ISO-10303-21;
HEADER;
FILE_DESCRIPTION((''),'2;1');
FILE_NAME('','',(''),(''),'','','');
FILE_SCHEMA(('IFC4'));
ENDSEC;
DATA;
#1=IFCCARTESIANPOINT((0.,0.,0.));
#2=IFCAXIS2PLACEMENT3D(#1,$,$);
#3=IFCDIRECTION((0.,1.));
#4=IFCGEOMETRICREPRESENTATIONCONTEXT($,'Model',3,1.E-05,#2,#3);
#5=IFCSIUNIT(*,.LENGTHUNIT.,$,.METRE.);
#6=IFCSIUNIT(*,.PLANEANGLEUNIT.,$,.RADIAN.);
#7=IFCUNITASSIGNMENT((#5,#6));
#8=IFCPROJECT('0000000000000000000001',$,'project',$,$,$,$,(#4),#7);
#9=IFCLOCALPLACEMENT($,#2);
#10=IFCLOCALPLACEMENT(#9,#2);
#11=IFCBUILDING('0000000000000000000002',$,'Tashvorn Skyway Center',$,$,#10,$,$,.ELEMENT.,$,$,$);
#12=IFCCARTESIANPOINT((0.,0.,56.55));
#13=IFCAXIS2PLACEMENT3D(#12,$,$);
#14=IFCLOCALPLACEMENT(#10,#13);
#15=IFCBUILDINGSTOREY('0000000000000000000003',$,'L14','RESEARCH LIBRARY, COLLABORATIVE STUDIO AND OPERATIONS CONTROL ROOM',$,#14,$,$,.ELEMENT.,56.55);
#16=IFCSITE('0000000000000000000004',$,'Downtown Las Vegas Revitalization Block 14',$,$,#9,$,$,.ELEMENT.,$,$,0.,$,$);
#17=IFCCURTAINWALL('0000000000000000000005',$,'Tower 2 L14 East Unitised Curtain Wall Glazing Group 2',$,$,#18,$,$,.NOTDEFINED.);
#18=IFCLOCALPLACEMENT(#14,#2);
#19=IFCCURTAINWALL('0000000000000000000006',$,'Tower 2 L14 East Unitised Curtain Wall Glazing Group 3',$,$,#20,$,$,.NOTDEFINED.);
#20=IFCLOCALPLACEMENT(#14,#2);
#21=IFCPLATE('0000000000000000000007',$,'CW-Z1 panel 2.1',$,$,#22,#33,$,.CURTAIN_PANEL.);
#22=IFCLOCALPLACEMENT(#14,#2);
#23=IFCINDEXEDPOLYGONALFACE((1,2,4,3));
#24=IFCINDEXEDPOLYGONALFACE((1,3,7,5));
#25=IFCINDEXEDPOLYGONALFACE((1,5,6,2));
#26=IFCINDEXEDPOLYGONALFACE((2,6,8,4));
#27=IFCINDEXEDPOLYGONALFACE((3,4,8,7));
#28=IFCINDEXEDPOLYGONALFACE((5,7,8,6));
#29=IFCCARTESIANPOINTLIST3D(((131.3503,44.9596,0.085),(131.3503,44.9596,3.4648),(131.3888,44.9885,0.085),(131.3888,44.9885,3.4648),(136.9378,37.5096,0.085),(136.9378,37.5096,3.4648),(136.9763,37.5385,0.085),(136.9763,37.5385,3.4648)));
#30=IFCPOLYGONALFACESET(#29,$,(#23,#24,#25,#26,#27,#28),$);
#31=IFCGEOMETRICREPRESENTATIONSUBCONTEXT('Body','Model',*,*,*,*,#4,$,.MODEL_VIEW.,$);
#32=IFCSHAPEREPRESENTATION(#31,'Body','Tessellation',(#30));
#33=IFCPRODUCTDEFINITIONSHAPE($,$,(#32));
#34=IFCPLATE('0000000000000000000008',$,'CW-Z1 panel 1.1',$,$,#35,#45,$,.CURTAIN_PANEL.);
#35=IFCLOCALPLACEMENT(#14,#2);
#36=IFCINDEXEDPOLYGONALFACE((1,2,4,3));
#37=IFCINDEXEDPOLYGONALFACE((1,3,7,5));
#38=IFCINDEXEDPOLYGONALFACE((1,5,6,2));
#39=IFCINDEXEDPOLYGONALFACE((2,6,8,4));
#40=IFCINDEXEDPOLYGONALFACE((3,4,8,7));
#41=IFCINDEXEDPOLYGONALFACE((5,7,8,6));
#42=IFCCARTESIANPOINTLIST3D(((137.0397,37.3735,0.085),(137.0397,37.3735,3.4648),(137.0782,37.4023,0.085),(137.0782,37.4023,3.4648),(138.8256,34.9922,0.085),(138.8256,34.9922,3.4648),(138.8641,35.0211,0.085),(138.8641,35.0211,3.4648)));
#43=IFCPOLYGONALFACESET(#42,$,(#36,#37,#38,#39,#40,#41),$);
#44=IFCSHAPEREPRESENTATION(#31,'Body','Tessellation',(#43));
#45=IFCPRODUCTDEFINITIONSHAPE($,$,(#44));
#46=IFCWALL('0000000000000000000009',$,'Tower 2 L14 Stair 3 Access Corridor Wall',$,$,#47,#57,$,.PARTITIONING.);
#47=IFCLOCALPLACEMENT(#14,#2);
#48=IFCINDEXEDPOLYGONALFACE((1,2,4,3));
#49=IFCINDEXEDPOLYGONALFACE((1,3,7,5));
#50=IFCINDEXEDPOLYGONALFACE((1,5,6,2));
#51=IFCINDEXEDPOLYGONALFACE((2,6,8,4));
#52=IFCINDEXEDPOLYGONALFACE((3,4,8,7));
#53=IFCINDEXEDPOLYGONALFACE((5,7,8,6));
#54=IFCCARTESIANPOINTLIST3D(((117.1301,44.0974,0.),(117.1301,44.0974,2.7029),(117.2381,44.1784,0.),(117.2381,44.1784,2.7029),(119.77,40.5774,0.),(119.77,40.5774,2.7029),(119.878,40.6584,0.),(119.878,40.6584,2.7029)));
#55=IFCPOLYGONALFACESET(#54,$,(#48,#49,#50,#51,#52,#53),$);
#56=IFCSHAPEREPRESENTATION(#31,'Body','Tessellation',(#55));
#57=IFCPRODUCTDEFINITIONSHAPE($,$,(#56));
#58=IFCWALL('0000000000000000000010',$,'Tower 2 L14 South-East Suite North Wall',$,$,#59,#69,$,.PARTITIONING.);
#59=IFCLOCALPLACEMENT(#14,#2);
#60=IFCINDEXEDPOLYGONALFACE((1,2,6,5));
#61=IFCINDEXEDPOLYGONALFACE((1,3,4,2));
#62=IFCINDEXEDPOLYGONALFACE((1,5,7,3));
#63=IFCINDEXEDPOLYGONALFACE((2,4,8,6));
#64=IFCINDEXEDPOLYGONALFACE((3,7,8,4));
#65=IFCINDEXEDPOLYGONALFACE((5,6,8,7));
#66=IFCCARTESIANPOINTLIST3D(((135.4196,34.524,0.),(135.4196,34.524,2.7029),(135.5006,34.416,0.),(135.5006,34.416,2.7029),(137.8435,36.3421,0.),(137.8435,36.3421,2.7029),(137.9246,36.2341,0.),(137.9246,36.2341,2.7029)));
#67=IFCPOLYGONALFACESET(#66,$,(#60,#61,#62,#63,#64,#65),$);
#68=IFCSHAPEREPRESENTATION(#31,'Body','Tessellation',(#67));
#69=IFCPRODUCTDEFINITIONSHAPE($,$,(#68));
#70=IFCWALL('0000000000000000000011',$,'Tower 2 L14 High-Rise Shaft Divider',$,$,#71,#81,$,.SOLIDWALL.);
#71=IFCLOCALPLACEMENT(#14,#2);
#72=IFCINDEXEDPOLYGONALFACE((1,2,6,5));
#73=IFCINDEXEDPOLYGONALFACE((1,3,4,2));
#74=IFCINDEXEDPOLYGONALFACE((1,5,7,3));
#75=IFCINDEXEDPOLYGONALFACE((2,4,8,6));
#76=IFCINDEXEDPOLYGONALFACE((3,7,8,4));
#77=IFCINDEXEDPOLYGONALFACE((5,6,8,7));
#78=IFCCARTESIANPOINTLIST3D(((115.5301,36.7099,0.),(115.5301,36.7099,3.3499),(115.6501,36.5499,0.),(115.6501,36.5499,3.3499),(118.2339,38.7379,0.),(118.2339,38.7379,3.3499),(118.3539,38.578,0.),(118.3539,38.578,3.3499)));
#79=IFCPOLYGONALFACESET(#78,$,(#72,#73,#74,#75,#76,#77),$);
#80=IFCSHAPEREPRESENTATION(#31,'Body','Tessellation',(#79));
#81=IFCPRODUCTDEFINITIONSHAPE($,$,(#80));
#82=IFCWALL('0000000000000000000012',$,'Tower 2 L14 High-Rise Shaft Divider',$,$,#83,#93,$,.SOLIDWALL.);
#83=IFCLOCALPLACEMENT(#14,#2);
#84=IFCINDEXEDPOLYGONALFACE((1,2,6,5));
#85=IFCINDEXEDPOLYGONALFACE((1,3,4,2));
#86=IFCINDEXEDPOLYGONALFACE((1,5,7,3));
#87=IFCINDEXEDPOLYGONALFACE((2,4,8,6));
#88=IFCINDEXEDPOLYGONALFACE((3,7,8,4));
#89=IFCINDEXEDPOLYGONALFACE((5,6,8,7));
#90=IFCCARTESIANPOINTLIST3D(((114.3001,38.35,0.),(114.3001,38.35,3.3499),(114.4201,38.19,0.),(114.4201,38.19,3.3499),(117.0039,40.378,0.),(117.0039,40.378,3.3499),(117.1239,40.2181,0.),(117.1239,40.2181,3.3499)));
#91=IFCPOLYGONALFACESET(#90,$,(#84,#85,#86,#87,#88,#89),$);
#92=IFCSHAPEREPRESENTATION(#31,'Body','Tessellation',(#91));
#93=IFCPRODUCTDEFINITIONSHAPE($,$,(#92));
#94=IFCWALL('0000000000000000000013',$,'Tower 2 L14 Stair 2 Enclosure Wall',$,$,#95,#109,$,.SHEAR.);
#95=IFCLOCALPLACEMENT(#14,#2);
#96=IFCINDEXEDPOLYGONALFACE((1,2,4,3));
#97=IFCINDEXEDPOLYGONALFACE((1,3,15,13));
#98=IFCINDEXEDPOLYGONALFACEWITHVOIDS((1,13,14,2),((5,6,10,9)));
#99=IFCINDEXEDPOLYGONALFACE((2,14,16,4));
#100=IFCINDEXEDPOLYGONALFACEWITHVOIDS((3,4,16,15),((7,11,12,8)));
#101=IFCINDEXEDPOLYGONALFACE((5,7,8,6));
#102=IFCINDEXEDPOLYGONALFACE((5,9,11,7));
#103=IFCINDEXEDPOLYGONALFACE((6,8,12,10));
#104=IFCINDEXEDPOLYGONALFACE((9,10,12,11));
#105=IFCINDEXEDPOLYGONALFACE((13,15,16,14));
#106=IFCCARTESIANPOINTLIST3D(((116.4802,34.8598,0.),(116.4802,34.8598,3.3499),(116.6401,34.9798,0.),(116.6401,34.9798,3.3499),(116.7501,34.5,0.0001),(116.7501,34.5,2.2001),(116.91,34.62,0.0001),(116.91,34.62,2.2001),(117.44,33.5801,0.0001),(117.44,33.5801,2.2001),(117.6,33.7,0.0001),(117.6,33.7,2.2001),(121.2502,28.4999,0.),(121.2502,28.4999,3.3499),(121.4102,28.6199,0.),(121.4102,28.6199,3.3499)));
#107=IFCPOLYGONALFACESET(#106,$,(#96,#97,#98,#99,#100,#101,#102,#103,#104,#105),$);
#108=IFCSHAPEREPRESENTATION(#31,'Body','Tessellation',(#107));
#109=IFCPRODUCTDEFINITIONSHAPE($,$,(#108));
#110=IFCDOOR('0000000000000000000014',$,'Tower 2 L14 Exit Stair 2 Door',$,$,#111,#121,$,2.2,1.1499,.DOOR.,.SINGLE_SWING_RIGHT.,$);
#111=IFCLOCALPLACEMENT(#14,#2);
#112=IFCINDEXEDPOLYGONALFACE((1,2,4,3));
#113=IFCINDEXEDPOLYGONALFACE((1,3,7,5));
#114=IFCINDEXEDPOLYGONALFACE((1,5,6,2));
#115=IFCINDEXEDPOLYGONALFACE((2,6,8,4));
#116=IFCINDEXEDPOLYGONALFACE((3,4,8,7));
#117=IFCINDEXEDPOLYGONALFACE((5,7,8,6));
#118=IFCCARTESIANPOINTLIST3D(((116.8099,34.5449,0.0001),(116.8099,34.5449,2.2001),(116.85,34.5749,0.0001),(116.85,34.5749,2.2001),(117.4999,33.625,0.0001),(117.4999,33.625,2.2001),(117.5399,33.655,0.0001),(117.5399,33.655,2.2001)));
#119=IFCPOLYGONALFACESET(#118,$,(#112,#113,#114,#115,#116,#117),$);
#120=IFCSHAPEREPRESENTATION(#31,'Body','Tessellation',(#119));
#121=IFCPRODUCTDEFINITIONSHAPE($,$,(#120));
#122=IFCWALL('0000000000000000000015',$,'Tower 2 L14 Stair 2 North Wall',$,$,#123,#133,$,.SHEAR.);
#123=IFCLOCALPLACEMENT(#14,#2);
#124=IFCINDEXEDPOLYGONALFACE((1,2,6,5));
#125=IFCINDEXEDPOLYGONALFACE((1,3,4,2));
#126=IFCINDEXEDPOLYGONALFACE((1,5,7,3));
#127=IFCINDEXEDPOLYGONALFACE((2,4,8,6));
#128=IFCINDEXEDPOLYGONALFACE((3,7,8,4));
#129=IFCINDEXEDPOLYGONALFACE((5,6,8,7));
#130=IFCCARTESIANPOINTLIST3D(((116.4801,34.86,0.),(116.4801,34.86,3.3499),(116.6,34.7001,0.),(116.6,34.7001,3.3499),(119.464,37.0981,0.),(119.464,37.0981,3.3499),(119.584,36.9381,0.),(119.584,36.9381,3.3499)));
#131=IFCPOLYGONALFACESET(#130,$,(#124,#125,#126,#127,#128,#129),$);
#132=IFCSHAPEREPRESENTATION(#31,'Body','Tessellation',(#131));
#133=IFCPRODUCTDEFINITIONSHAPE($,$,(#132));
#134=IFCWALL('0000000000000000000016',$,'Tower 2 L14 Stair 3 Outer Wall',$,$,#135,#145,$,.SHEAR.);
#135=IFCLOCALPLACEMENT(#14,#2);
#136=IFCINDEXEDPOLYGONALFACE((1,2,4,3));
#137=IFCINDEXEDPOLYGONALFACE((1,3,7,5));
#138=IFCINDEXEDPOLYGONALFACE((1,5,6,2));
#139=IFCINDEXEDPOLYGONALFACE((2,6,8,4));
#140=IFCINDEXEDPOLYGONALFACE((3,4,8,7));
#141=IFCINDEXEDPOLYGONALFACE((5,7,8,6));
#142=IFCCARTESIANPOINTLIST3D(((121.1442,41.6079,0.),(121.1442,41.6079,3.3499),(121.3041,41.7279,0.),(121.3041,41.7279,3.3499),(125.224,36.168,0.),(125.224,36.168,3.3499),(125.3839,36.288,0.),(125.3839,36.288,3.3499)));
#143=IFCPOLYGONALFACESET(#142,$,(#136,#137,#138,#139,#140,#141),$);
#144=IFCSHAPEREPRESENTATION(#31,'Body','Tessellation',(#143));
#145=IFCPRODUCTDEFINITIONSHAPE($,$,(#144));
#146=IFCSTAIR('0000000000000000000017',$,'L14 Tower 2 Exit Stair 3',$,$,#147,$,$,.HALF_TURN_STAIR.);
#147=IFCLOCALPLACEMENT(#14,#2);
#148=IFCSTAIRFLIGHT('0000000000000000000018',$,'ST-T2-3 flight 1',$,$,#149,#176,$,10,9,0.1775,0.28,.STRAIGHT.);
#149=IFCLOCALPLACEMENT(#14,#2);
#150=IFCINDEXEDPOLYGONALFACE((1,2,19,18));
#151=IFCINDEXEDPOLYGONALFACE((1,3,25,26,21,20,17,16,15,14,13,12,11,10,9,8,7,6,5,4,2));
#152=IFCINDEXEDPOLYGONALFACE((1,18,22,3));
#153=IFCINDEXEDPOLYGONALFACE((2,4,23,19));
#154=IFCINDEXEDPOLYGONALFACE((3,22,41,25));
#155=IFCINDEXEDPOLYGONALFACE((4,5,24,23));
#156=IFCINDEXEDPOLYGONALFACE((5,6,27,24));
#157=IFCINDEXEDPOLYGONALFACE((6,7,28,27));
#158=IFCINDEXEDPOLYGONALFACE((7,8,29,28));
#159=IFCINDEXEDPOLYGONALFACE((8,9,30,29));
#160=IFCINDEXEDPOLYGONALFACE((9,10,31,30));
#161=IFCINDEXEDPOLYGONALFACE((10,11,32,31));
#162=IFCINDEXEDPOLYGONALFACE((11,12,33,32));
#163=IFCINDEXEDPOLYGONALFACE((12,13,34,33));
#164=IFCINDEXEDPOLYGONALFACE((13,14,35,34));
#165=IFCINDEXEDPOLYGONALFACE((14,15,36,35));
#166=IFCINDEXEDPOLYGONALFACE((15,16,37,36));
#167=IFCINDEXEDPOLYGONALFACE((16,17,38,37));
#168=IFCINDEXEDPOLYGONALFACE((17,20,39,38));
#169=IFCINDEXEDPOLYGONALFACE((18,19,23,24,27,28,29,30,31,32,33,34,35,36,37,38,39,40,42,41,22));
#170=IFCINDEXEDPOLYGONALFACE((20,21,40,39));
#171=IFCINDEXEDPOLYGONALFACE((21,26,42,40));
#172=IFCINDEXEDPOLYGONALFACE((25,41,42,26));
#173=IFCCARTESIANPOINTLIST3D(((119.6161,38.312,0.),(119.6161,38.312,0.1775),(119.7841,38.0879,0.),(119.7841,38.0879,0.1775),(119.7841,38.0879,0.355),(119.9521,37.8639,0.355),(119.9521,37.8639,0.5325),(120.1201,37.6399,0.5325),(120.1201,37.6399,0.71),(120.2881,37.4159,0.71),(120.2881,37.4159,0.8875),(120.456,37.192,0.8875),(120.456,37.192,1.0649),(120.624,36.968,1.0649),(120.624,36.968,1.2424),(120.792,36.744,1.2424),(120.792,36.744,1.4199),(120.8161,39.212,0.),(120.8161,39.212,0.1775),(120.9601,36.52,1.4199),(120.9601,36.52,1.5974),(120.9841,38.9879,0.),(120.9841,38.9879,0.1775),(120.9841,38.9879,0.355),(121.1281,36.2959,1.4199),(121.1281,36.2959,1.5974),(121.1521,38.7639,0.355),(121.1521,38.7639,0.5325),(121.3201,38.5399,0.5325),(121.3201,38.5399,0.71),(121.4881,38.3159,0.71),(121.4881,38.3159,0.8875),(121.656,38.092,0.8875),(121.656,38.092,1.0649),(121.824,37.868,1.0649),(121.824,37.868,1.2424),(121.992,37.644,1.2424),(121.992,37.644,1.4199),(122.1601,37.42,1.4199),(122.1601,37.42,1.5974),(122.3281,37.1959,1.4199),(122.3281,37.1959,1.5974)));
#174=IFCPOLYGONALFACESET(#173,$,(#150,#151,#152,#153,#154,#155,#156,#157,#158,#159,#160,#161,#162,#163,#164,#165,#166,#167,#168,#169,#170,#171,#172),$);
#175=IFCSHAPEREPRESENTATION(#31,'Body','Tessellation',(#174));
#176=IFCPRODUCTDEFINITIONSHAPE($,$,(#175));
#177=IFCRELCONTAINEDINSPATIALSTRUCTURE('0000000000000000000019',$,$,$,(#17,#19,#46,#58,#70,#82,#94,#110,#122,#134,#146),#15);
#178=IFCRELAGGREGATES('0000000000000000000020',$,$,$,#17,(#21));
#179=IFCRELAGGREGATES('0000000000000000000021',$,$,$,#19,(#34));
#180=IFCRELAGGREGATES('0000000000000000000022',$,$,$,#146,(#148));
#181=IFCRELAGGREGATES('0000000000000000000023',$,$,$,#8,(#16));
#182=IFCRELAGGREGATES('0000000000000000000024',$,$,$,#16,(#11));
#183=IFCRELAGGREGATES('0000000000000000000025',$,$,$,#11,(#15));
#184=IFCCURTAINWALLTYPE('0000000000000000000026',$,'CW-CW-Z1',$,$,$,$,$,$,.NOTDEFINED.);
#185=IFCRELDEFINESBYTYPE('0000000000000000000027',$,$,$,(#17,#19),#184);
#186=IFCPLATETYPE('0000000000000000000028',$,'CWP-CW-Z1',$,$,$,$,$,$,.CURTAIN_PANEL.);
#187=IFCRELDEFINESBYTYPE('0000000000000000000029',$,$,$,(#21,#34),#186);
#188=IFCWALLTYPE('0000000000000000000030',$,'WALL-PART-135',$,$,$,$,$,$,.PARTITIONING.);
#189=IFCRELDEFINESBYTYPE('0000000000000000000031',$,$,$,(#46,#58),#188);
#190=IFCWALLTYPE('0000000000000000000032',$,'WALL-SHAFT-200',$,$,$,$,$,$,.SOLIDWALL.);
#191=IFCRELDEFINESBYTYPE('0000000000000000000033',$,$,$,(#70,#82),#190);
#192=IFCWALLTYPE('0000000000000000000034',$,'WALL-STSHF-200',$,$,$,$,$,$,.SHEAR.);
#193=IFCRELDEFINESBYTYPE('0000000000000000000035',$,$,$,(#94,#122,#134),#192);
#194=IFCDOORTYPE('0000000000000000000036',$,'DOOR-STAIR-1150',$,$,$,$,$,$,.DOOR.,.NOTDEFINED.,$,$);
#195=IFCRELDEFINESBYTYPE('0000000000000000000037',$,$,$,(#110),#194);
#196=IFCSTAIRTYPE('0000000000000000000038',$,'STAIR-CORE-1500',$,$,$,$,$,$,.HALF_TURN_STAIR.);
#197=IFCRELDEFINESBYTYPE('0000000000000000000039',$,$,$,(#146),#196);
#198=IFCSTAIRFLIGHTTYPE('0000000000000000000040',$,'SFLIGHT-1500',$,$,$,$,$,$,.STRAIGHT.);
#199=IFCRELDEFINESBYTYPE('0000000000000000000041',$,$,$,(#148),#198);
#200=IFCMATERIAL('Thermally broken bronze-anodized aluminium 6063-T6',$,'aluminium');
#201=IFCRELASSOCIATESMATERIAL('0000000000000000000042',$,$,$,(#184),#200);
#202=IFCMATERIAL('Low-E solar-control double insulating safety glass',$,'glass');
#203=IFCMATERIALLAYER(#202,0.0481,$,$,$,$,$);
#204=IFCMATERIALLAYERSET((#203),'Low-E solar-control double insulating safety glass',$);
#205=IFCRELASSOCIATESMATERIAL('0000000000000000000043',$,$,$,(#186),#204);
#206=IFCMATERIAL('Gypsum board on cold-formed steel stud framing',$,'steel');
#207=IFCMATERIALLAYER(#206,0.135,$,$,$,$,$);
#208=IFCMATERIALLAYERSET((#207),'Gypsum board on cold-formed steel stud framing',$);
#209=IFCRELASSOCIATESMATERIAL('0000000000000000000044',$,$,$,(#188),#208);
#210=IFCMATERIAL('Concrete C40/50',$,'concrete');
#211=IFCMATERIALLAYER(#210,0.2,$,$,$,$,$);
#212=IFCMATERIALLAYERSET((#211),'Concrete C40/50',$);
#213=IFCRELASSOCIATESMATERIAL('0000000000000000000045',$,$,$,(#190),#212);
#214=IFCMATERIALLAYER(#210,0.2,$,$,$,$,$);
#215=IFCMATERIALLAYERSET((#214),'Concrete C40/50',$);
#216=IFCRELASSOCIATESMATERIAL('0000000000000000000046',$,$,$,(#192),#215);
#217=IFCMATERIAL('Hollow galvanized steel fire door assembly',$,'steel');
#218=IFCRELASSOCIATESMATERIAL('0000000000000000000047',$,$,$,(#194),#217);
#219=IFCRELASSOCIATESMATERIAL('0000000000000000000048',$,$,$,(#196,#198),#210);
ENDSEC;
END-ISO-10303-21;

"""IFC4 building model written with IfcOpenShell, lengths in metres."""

from ifc_helpers import new_model, si_unit, direction, frame, frame_2d, origin, origin_2d, place, context, subcontext, project, spatial, polyline, rectangle, outline, extrude, material, layer, layer_set, type_object, element, fill, aggregate, save


model = new_model("IFC4")

# Units and contexts
model_context = context("Model", 3, precision=1e-05, world=origin(), true_north=direction((0.0, 1.0)))
body_context = subcontext(model_context, "Body", "Model", "MODEL_VIEW")
ifc_project = project(units=[si_unit("LENGTHUNIT", "METRE"), si_unit("PLANEANGLEUNIT", "RADIAN")], contexts=[model_context])

# Site, building, storey
site_placement = place(None, origin())
site = spatial("IfcSite", under=ifc_project, at=site_placement, Name="Downtown Las Vegas Revitalization Block 14", CompositionType="ELEMENT", RefElevation=0.0)
building_placement = place(site_placement, origin())
building = spatial("IfcBuilding", under=site, at=building_placement, Name="Tashvorn Skyway Center", CompositionType="ELEMENT")
storey_placement = place(building_placement, frame((0.0, 0.0, 56.55)))
storey = spatial("IfcBuildingStorey", under=building, at=storey_placement, Name="L14", Description="RESEARCH LIBRARY, COLLABORATIVE STUDIO AND OPERATIONS CONTROL ROOM", CompositionType="ELEMENT", Elevation=56.55)

# Curtain wall
ifc_material_1 = material(Name="Thermally broken bronze-anodized aluminium 6063-T6", Category="aluminium")
curtain_wall_type = type_object("IfcCurtainWallType", Name="CW-CW-Z1", PredefinedType="NOTDEFINED", material=ifc_material_1)
curtain_wall_1_placement = place(storey_placement, origin())
curtain_wall_1 = element("IfcCurtainWall", 1, at=curtain_wall_1_placement, inside=storey, type_object=curtain_wall_type, Name="Tower 2 L14 East Unitised Curtain Wall Glazing Group 2", PredefinedType="NOTDEFINED")

# Curtain wall
curtain_wall_2_placement = place(storey_placement, origin())
curtain_wall_2 = element("IfcCurtainWall", 2, at=curtain_wall_2_placement, inside=storey, type_object=curtain_wall_type, Name="Tower 2 L14 East Unitised Curtain Wall Glazing Group 3", PredefinedType="NOTDEFINED")

# Plates
ifc_material_2 = material(Name="Low-E solar-control double insulating safety glass", Category="glass")
ifc_layer_1 = layer(ifc_material_2, 0.0481)
ifc_layer_set_1 = layer_set([ifc_layer_1], Name="Low-E solar-control double insulating safety glass")
plate_type = type_object("IfcPlateType", Name="CWP-CW-Z1", PredefinedType="CURTAIN_PANEL", material=ifc_layer_set_1)
plate_1_placement = place(storey_placement, frame((134.1633, 41.249, 0.085), z_axis=(0.0, 0.0, 1.0), x_axis=(0.6, -0.8, 0.0)))
plate_1 = element("IfcPlate", 3, at=plate_1_placement, type_object=plate_type, Name="CW-Z1 panel 2.1", PredefinedType="CURTAIN_PANEL", context=body_context, shape_type="SweptSolid", body=[
    extrude(rectangle(XDim=9.3125, YDim=0.0481, at=origin_2d()), origin(), (0.0, 0.0, 1.0), 3.3799),
])
aggregate(curtain_wall_1, [plate_1])
plate_2_placement = place(storey_placement, frame((137.9519, 36.1973, 0.085), z_axis=(0.0, 0.0, 1.0), x_axis=(0.600005, -0.799996, 0.0)))
plate_2 = element("IfcPlate", 4, at=plate_2_placement, type_object=plate_type, Name="CW-Z1 panel 1.1", PredefinedType="CURTAIN_PANEL", context=body_context, shape_type="SweptSolid", body=[
    extrude(rectangle(XDim=2.9766, YDim=0.0481, at=origin_2d()), origin(), (0.0, 0.0, 1.0), 3.3799),
])
aggregate(curtain_wall_2, [plate_2])

# Walls
ifc_material_3 = material(Name="Gypsum board on cold-formed steel stud framing", Category="steel")
ifc_layer_2 = layer(ifc_material_3, 0.135)
ifc_layer_set_2 = layer_set([ifc_layer_2], Name="Gypsum board on cold-formed steel stud framing")
wall_type_1 = type_object("IfcWallType", Name="WALL-PART-135", PredefinedType="PARTITIONING", material=ifc_layer_set_2)
wall_1_placement = place(storey_placement, frame((119.824, 40.6179, 0.0), z_axis=(0.0, 0.0, 1.0), x_axis=(-0.599982, 0.800013, 0.0)))
element("IfcWall", 5, at=wall_1_placement, inside=storey, type_object=wall_type_1, Name="Tower 2 L14 Stair 3 Access Corridor Wall", PredefinedType="PARTITIONING", context=body_context, shape_type="SweptSolid", body=[
    extrude(rectangle(XDim=4.3999, YDim=0.135, at=frame_2d((2.2, 0.0))), origin(), (0.0, 0.0, 1.0), 2.7029),
])
wall_2_placement = place(storey_placement, frame((135.46, 34.47, 0.0), z_axis=(0.0, 0.0, 1.0), x_axis=(0.79999, 0.600013, 0.0)))
element("IfcWall", 6, at=wall_2_placement, inside=storey, type_object=wall_type_1, Name="Tower 2 L14 South-East Suite North Wall", PredefinedType="PARTITIONING", context=body_context, shape_type="SweptSolid", body=[
    extrude(rectangle(XDim=3.03, YDim=0.135, at=frame_2d((1.5151, 0.0))), origin(), (0.0, 0.0, 1.0), 2.7029),
])
ifc_material_4 = material(Name="Concrete C40/50", Category="concrete")
ifc_layer_3 = layer(ifc_material_4, 0.2)
ifc_layer_set_3 = layer_set([ifc_layer_3], Name="Concrete C40/50")
wall_type_2 = type_object("IfcWallType", Name="WALL-SHAFT-200", PredefinedType="SOLIDWALL", material=ifc_layer_set_3)
for number, where, z_axis, x_axis, name in (
    (7, (115.5901, 36.6299, 0.0), (0.0, 0.0, 1.0), (0.799974, 0.600035, 0.0), "Tower 2 L14 High-Rise Shaft Divider"),
    (8, (114.3601, 38.27, 0.0), (0.0, 0.0, 1.0), (0.799974, 0.600035, 0.0), "Tower 2 L14 High-Rise Shaft Divider"),
):
    element("IfcWall", number, at=place(storey_placement, frame(where, z_axis=z_axis, x_axis=x_axis)), inside=storey, type_object=wall_type_2, Name=name, PredefinedType="SOLIDWALL", context=body_context, shape_type="SweptSolid", body=[
        extrude(rectangle(XDim=3.3799, YDim=0.2, at=frame_2d((1.6899, 0.0))), origin(), (0.0, 0.0, 1.0), 3.3499),
    ])

# Wall, opening, door
ifc_layer_4 = layer(ifc_material_4, 0.2)
ifc_layer_set_4 = layer_set([ifc_layer_4], Name="Concrete C40/50")
wall_type_3 = type_object("IfcWallType", Name="WALL-STSHF-200", PredefinedType="SHEAR", material=ifc_layer_set_4)
wall_3_placement = place(storey_placement, frame((116.5601, 34.9199, 0.0), z_axis=(0.0, 0.0, 1.0), x_axis=(0.60001, -0.799993, 0.0)))
wall_3 = element("IfcWall", 9, at=wall_3_placement, inside=storey, type_object=wall_type_3, Name="Tower 2 L14 Stair 2 Enclosure Wall", PredefinedType="SHEAR", context=body_context, shape_type="SweptSolid", body=[
    extrude(rectangle(XDim=7.95, YDim=0.2, at=frame_2d((3.9751, 0.0))), origin(), (0.0, 0.0, 1.0), 3.3499),
])
opening_placement = place(wall_3_placement, frame((0.45, 0.0, 0.0)))
opening = element("IfcOpeningElement", 10, at=opening_placement, cuts=wall_3, PredefinedType="OPENING", context=body_context, shape_type="SweptSolid", body=[
    extrude(rectangle(XDim=1.1499, YDim=2.2, at=frame_2d((0.575, 1.1001))), frame((0.0, 0.1099, 0.0), z_axis=(0.0, -1.0, 0.0), x_axis=(1.0, 0.0, 0.0)), (0.0, 0.0, 1.0), 0.22),
])
ifc_material_5 = material(Name="Hollow galvanized steel fire door assembly", Category="steel")
door_type = type_object("IfcDoorType", Name="DOOR-STAIR-1150", OperationType="NOTDEFINED", PredefinedType="DOOR", material=ifc_material_5)
door_placement = place(opening_placement, origin())
door = element("IfcDoor", 11, at=door_placement, inside=storey, type_object=door_type, Name="Tower 2 L14 Exit Stair 2 Door", OperationType="SINGLE_SWING_RIGHT", OverallHeight=2.2, OverallWidth=1.1499, PredefinedType="DOOR", context=body_context, shape_type="SweptSolid", body=[
    extrude(rectangle(XDim=1.1499, YDim=2.2, at=frame_2d((0.575, 1.1001))), frame((0.0, 0.0249, 0.0), z_axis=(0.0, -1.0, 0.0), x_axis=(1.0, 0.0, 0.0)), (0.0, 0.0, 1.0), 0.05),
])
fill(opening, door)

# Walls
wall_4_placement = place(storey_placement, frame((116.54, 34.78, 0.0), z_axis=(0.0, 0.0, 1.0), x_axis=(0.799984, 0.600021, 0.0)))
element("IfcWall", 12, at=wall_4_placement, inside=storey, type_object=wall_type_3, Name="Tower 2 L14 Stair 2 North Wall", PredefinedType="SHEAR", context=body_context, shape_type="SweptSolid", body=[
    extrude(rectangle(XDim=3.73, YDim=0.2, at=frame_2d((1.865, 0.0))), origin(), (0.0, 0.0, 1.0), 3.3499),
])
wall_5_placement = place(storey_placement, frame((125.304, 36.228, 0.0), z_axis=(0.0, 0.0, 1.0), x_axis=(-0.599989, 0.800009, 0.0)))
element("IfcWall", 13, at=wall_5_placement, inside=storey, type_object=wall_type_3, Name="Tower 2 L14 Stair 3 Outer Wall", PredefinedType="SHEAR", context=body_context, shape_type="SweptSolid", body=[
    extrude(rectangle(XDim=6.7998, YDim=0.2, at=frame_2d((3.3999, 0.0))), origin(), (0.0, 0.0, 1.0), 3.3499),
])

# Stair, stair flight
stair_type = type_object("IfcStairType", Name="STAIR-CORE-1500", PredefinedType="HALF_TURN_STAIR", material=ifc_material_4)
stair_placement = place(storey_placement, origin())
stair = element("IfcStair", 14, at=stair_placement, inside=storey, type_object=stair_type, Name="L14 Tower 2 Exit Stair 3", PredefinedType="HALF_TURN_STAIR")
stair_flight_type = type_object("IfcStairFlightType", Name="SFLIGHT-1500", PredefinedType="STRAIGHT", material=ifc_material_4)
stair_flight_1_placement = place(storey_placement, frame((120.2161, 38.762, 0.0), z_axis=(0.0, 0.0, 1.0), x_axis=(0.6, -0.8, 0.0)))
stair_flight_1 = element("IfcStairFlight", 15, at=stair_flight_1_placement, type_object=stair_flight_type, Name="ST-T2-3 flight 1", NumberOfRisers=10, NumberOfTreads=9, PredefinedType="STRAIGHT", RiserHeight=0.1775, TreadLength=0.28, context=body_context, shape_type="SweptSolid", body=[
    extrude(outline(polyline([(0.0, 0.0), (0.0, 0.1775), (0.28, 0.1775), (0.28, 0.355), (0.5601, 0.355), (0.5601, 0.5325), (0.8401, 0.5325), (0.8401, 0.71), (1.1201, 0.71), (1.1201, 0.8875), (1.3999, 0.8875), (1.3999, 1.0649), (1.6799, 1.0649), (1.6799, 1.2424), (1.96, 1.2424), (1.96, 1.4199), (2.24, 1.4199), (2.24, 1.5974), (2.52, 1.5974), (2.52, 1.7749), (2.52, 1.4199), (0.28, 0.0), (0.0, 0.0)])), frame((0.0, 0.75, 0.0), z_axis=(0.0, -1.0, 0.0), x_axis=(1.0, 0.0, 0.0)), (0.0, 0.0, 1.0), 1.5),
])
aggregate(stair, [stair_flight_1])

save(model, "model.ifc")
